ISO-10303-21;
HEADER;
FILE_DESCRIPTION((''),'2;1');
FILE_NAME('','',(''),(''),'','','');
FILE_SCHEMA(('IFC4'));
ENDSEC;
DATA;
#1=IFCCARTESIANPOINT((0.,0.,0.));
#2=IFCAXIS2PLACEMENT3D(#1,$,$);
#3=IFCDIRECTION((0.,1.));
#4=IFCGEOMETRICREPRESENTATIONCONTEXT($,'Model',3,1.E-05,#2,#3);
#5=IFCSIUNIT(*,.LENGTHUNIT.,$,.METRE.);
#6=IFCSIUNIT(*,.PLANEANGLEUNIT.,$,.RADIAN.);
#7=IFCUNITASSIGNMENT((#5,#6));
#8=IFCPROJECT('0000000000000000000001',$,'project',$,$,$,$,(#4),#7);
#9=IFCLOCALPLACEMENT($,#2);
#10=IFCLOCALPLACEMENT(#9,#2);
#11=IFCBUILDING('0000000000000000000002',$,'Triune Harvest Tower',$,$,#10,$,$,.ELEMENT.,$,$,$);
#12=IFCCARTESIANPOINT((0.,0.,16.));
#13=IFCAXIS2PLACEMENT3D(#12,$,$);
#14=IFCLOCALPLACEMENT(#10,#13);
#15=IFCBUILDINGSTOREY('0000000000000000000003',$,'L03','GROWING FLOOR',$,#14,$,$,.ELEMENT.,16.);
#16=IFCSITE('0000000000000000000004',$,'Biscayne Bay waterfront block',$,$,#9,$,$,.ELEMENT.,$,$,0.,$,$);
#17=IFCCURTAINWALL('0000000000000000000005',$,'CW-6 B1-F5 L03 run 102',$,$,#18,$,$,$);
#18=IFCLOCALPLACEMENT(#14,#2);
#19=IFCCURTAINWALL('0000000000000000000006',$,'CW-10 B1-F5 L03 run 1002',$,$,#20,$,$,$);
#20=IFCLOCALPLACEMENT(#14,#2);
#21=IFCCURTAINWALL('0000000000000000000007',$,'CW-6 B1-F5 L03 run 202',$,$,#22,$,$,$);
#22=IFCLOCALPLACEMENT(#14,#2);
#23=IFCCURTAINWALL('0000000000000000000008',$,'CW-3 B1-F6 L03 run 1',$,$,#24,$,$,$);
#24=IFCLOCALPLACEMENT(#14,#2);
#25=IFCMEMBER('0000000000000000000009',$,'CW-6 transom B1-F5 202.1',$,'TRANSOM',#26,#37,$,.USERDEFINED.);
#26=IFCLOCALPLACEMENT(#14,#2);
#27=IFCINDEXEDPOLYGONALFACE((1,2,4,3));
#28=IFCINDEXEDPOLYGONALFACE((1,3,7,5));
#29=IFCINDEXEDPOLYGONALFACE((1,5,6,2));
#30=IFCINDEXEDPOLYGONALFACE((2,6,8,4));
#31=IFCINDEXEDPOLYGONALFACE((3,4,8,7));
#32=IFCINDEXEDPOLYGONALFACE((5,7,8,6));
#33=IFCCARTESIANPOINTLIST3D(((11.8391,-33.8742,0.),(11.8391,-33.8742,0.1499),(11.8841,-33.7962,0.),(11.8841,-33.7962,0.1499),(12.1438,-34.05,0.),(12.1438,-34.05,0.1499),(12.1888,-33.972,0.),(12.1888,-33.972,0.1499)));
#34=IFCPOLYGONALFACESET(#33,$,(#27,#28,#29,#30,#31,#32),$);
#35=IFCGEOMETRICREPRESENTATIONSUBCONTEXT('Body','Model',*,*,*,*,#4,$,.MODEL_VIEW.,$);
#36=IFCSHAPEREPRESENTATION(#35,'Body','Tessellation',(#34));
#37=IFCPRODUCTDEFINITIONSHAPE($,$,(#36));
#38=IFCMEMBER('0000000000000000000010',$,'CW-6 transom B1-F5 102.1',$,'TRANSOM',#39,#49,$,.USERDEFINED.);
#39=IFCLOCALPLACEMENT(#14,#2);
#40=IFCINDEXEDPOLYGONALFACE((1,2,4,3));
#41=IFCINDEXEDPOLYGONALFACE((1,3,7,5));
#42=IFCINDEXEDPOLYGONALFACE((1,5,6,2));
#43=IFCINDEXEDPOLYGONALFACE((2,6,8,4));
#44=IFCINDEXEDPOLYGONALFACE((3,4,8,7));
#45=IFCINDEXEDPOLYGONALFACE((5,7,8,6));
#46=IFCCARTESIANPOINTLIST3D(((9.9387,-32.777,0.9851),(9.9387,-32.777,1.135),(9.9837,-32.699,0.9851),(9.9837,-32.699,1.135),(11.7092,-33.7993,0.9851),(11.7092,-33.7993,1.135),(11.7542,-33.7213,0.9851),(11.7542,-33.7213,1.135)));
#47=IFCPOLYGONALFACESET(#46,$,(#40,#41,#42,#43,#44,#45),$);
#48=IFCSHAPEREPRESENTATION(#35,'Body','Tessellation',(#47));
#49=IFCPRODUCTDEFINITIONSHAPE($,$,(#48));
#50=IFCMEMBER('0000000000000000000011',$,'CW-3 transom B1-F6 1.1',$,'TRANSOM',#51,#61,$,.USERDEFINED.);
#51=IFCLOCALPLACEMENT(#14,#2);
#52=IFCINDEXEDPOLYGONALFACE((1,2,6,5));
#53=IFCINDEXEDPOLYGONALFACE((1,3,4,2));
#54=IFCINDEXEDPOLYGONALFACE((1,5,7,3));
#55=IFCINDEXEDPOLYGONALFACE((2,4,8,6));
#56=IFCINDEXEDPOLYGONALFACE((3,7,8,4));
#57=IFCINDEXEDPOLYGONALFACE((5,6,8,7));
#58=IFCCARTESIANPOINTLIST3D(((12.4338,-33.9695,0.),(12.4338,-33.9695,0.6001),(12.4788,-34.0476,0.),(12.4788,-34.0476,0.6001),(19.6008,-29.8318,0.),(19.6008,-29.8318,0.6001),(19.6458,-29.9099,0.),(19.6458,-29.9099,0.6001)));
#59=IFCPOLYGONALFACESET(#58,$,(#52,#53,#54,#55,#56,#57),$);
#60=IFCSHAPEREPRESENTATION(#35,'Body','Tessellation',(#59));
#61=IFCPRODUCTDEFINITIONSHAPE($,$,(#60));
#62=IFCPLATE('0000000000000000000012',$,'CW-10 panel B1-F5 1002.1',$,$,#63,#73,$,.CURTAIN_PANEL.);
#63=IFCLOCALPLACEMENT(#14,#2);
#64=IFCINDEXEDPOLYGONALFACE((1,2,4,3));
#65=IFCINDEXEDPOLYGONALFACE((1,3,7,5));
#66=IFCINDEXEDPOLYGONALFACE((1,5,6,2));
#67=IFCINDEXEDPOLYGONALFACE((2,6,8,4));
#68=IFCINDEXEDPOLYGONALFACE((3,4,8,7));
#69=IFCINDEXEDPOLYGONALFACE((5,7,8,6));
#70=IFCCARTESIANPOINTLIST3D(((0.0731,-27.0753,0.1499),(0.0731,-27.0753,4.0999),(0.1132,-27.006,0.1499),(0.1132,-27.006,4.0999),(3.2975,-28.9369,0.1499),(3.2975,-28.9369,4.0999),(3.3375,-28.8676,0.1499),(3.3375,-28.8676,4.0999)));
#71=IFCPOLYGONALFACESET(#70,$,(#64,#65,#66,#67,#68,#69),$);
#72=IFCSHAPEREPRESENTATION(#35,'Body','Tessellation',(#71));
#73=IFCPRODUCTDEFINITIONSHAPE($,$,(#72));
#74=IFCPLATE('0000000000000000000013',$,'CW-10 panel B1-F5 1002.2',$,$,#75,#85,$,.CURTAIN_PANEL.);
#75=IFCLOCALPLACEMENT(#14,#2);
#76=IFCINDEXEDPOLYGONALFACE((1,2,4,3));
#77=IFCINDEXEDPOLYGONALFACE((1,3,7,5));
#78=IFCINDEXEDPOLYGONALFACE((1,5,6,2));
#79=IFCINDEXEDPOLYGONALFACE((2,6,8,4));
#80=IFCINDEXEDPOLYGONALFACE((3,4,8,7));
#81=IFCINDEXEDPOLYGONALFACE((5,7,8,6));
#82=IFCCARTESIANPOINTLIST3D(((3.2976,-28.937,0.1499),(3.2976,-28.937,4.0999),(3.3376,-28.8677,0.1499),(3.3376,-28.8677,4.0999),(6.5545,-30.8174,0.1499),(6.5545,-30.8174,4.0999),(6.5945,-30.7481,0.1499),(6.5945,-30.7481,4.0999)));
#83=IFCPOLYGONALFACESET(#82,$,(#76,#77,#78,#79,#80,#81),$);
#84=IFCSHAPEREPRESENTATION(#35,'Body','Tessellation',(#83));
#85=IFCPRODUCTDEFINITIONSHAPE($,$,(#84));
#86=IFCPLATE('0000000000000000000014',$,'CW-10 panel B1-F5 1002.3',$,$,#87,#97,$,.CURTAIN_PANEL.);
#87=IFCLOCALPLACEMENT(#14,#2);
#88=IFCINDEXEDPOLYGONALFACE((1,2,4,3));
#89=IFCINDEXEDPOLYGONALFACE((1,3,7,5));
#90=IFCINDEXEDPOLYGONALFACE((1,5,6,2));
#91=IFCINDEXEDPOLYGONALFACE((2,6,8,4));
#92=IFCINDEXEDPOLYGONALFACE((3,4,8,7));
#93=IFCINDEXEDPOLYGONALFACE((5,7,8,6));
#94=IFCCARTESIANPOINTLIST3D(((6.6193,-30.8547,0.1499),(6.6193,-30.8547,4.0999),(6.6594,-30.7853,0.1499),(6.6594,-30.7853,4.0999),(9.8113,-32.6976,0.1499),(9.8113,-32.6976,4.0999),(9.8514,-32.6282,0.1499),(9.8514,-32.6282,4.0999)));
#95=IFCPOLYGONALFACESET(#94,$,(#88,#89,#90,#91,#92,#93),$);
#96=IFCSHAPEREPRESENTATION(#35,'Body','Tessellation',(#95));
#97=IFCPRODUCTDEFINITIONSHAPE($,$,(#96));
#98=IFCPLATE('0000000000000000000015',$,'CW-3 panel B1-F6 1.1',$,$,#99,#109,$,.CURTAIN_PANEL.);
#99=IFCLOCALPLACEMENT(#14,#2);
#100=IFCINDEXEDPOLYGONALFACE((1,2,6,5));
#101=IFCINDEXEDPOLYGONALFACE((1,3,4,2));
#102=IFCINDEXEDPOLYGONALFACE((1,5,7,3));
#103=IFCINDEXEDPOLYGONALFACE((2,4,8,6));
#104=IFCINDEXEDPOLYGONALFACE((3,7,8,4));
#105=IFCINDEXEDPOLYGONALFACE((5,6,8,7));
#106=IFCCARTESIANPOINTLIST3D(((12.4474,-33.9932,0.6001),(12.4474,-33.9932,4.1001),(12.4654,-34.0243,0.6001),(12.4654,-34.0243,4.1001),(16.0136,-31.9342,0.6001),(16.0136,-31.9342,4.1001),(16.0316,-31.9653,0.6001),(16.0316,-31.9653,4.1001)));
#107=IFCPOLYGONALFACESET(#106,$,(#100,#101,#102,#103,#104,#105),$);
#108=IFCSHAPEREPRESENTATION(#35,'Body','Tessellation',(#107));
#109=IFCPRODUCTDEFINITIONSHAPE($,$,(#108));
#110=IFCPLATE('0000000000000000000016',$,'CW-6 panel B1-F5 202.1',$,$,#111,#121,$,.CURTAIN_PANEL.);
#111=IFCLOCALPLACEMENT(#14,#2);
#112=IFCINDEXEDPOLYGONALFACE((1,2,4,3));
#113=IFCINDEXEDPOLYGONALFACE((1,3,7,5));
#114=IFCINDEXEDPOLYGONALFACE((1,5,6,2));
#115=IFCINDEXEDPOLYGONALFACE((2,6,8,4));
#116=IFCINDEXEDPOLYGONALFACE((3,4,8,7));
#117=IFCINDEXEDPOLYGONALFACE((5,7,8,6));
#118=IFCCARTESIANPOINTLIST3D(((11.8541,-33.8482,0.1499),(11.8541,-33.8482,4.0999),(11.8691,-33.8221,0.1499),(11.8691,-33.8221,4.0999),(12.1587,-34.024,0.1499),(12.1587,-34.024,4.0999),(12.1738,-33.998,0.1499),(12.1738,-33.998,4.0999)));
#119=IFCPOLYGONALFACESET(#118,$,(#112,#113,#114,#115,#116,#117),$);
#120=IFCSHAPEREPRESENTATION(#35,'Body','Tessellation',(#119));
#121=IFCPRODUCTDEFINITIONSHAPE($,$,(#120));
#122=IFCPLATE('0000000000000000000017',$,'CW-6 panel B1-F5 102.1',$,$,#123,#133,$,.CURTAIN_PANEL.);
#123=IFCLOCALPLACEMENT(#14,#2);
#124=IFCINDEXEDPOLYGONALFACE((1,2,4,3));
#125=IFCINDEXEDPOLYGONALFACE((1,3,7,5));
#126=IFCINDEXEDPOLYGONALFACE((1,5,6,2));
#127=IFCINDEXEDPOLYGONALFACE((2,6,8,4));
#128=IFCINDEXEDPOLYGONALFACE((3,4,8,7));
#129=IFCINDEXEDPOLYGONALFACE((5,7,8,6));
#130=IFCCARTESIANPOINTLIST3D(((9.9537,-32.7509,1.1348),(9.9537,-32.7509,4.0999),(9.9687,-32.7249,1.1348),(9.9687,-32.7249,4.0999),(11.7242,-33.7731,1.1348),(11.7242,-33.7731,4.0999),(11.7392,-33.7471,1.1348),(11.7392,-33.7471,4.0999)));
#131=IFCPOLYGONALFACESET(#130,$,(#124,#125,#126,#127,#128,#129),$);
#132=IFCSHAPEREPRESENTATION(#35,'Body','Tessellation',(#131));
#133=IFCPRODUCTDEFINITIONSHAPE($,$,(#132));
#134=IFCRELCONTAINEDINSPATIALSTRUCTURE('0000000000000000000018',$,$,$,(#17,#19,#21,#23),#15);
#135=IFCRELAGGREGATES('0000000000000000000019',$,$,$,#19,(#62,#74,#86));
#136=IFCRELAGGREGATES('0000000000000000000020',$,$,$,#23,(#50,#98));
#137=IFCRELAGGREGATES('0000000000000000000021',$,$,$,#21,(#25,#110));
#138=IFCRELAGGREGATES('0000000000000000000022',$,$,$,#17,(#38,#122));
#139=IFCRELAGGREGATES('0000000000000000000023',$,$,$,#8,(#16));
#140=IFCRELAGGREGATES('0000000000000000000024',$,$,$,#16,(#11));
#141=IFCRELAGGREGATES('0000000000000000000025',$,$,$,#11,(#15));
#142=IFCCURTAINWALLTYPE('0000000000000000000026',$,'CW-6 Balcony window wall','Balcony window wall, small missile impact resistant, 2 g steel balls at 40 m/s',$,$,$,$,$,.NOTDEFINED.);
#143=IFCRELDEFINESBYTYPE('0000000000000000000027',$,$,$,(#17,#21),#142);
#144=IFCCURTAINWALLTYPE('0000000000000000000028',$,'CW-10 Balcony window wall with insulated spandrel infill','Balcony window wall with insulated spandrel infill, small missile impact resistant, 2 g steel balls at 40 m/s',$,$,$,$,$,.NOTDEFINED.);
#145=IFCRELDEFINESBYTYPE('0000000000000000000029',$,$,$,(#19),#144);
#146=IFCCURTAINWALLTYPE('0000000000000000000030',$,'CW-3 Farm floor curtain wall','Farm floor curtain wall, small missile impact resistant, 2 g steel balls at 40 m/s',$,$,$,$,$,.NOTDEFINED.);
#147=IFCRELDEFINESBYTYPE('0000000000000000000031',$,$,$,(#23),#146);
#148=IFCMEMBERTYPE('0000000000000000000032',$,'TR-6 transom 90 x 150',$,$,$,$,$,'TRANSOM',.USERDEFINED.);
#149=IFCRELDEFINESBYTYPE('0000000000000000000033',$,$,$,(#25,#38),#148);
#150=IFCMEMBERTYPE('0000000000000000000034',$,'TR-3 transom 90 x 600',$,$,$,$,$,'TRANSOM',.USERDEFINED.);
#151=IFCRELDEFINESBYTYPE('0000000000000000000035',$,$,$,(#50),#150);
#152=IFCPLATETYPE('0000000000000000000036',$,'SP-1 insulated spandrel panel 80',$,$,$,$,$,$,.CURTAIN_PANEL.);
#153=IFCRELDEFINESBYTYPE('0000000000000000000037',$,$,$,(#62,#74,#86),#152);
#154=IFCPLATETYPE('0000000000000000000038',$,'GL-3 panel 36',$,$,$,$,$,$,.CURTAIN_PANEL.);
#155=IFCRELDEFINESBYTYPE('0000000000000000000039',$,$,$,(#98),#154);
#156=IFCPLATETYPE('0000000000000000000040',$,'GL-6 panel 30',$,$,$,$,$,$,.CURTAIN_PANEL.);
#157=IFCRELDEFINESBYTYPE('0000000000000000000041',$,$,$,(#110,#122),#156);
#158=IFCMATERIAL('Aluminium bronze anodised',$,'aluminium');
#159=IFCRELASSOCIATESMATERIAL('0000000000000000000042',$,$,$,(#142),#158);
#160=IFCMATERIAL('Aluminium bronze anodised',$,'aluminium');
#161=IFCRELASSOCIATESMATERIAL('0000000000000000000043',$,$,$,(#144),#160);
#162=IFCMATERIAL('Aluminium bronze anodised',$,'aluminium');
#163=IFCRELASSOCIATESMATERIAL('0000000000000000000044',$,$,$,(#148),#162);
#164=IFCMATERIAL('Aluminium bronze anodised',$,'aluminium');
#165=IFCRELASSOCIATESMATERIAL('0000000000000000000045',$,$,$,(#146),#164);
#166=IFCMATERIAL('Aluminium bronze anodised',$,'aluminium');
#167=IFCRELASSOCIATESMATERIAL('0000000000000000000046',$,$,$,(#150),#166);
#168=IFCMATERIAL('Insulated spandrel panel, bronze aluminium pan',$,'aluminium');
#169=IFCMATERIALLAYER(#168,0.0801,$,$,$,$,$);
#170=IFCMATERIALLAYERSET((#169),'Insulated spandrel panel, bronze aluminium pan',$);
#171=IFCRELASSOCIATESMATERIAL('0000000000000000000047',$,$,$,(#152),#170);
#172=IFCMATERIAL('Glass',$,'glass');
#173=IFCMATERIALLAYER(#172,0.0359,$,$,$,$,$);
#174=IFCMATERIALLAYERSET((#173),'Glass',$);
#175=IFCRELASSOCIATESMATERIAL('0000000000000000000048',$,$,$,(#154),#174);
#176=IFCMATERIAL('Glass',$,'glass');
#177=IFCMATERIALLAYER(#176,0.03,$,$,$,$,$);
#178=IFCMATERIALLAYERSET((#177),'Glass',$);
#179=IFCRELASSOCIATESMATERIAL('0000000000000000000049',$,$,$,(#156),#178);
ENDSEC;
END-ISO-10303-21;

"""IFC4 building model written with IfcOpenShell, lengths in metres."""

from ifc_helpers import new_model, si_unit, direction, frame, origin, origin_2d, place, context, subcontext, project, spatial, rectangle, extrude, source, transform, mapped, material, layer, layer_set, material_profile, profile_set, type_object, element, aggregate, save


model = new_model("IFC4")

# Units and contexts
model_context = context("Model", 3, precision=1e-05, world=origin(), true_north=direction((0.0, 1.0)))
body_context = subcontext(model_context, "Body", "Model", "MODEL_VIEW")
ifc_project = project(units=[si_unit("LENGTHUNIT", "METRE"), si_unit("PLANEANGLEUNIT", "RADIAN")], contexts=[model_context])

# Site, building, storey
site_placement = place(None, origin())
site = spatial("IfcSite", under=ifc_project, at=site_placement, Name="Biscayne Bay waterfront block", CompositionType="ELEMENT", RefElevation=0.0)
building_placement = place(site_placement, origin())
building = spatial("IfcBuilding", under=site, at=building_placement, Name="Triune Harvest Tower", CompositionType="ELEMENT")
storey_placement = place(building_placement, frame((0.0, 0.0, 16.0)))
storey = spatial("IfcBuildingStorey", under=building, at=storey_placement, Name="L03", Description="GROWING FLOOR", CompositionType="ELEMENT", Elevation=16.0)

# Curtain walls
ifc_material_1 = material(Name="Aluminium bronze anodised", Category="aluminium")
curtain_wall_type_1 = type_object("IfcCurtainWallType", Name="CW-6 Balcony window wall", Description="Balcony window wall, small missile impact resistant, 2 g steel balls at 40 m/s", PredefinedType="NOTDEFINED", material=ifc_material_1)
curtain_wall_1_placement = place(storey_placement, origin())
curtain_wall_1 = element("IfcCurtainWall", 1, at=curtain_wall_1_placement, inside=storey, type_object=curtain_wall_type_1, Name="CW-6 B1-F5 L03 run 102")
ifc_material_2 = material(Name="Aluminium bronze anodised", Category="aluminium")
curtain_wall_type_2 = type_object("IfcCurtainWallType", Name="CW-10 Balcony window wall with insulated spandrel infill", Description="Balcony window wall with insulated spandrel infill, small missile impact resistant, 2 g steel balls at 40 m/s", PredefinedType="NOTDEFINED", material=ifc_material_2)
curtain_wall_2_placement = place(storey_placement, origin())
curtain_wall_2 = element("IfcCurtainWall", 2, at=curtain_wall_2_placement, inside=storey, type_object=curtain_wall_type_2, Name="CW-10 B1-F5 L03 run 1002")
curtain_wall_3_placement = place(storey_placement, origin())
curtain_wall_3 = element("IfcCurtainWall", 3, at=curtain_wall_3_placement, inside=storey, type_object=curtain_wall_type_1, Name="CW-6 B1-F5 L03 run 202")

# Shared definitions
ifc_material_3 = material(Name="Aluminium bronze anodised", Category="aluminium")
ifc_material_profile_1 = material_profile(ifc_material_3, rectangle(XDim=0.0901, YDim=0.1499, at=origin_2d()), Name="TR-6 transom 90 x 150")
ifc_profile_set_1 = profile_set([ifc_material_profile_1], Name="Aluminium bronze anodised")
member_type_1 = type_object("IfcMemberType", Name="TR-6 transom 90 x 150", ElementType="TRANSOM", PredefinedType="USERDEFINED", material=ifc_profile_set_1)

# Curtain wall
ifc_material_4 = material(Name="Aluminium bronze anodised", Category="aluminium")
curtain_wall_type_3 = type_object("IfcCurtainWallType", Name="CW-3 Farm floor curtain wall", Description="Farm floor curtain wall, small missile impact resistant, 2 g steel balls at 40 m/s", PredefinedType="NOTDEFINED", material=ifc_material_4)
curtain_wall_4_placement = place(storey_placement, origin())
curtain_wall_4 = element("IfcCurtainWall", 4, at=curtain_wall_4_placement, inside=storey, type_object=curtain_wall_type_3, Name="CW-3 B1-F6 L03 run 1")

# Members
shared_shape_1 = source(origin(), body_context, "Body", "SweptSolid", [
    extrude(rectangle(XDim=0.0901, YDim=0.1499, at=origin_2d()), origin(), (0.0, 0.0, 1.0), 0.3518),
])
member_1_placement = place(storey_placement, frame((11.8616, -33.8352, 0.075), z_axis=(0.866186, -0.499722, 0.0), x_axis=(0.499722, 0.866186, 0.0)))
member_1 = element("IfcMember", 5, at=member_1_placement, type_object=member_type_1, Name="CW-6 transom B1-F5 202.1", ObjectType="TRANSOM", PredefinedType="USERDEFINED", context=body_context, shape_type="MappedRepresentation", body=[
    mapped(shared_shape_1, transform((0.0, 0.0, 0.0), scale=1.0)),
])
shared_shape_2 = source(origin(), body_context, "Body", "SweptSolid", [
    extrude(rectangle(XDim=0.0901, YDim=0.1499, at=origin_2d()), origin(), (0.0, 0.0, 1.0), 2.0444),
])
member_2_placement = place(storey_placement, frame((9.9612, -32.738, 1.0601), z_axis=(0.866023, -0.500005, 0.0), x_axis=(0.500005, 0.866023, 0.0)))
member_2 = element("IfcMember", 6, at=member_2_placement, type_object=member_type_1, Name="CW-6 transom B1-F5 102.1", ObjectType="TRANSOM", PredefinedType="USERDEFINED", context=body_context, shape_type="MappedRepresentation", body=[
    mapped(shared_shape_2, transform((0.0, 0.0, 0.0), scale=1.0)),
])
ifc_material_5 = material(Name="Aluminium bronze anodised", Category="aluminium")
ifc_material_profile_2 = material_profile(ifc_material_5, rectangle(XDim=0.0901, YDim=0.6001, at=origin_2d()), Name="TR-3 transom 90 x 600")
ifc_profile_set_2 = profile_set([ifc_material_profile_2], Name="Aluminium bronze anodised")
member_type_2 = type_object("IfcMemberType", Name="TR-3 transom 90 x 600", ElementType="TRANSOM", PredefinedType="USERDEFINED", material=ifc_profile_set_2)
shared_shape_3 = source(origin(), body_context, "Body", "SweptSolid", [
    extrude(rectangle(XDim=0.0901, YDim=0.6001, at=origin_2d()), origin(), (0.0, 0.0, 1.0), 8.2756),
])
member_3_placement = place(storey_placement, frame((12.4563, -34.0085, 0.3), z_axis=(0.866034, 0.499985, 0.0), x_axis=(-0.499985, 0.866034, 0.0)))
member_3 = element("IfcMember", 7, at=member_3_placement, type_object=member_type_2, Name="CW-3 transom B1-F6 1.1", ObjectType="TRANSOM", PredefinedType="USERDEFINED", context=body_context, shape_type="MappedRepresentation", body=[
    mapped(shared_shape_3, transform((0.0, 0.0, 0.0), scale=1.0)),
])

# Plates
ifc_material_6 = material(Name="Insulated spandrel panel, bronze aluminium pan", Category="aluminium")
ifc_layer_1 = layer(ifc_material_6, 0.0801)
ifc_layer_set_1 = layer_set([ifc_layer_1], Name="Insulated spandrel panel, bronze aluminium pan")
plate_type_1 = type_object("IfcPlateType", Name="SP-1 insulated spandrel panel 80", PredefinedType="CURTAIN_PANEL", material=ifc_layer_set_1)
shared_shape_4 = source(origin(), body_context, "Body", "SweptSolid", [
    extrude(rectangle(XDim=3.7231, YDim=0.0801, at=origin_2d()), origin(), (0.0, 0.0, 1.0), 3.95),
])
plate_1_placement = place(storey_placement, frame((1.7053, -27.9714, 0.1499), z_axis=(0.0, 0.0, 1.0), x_axis=(0.866021, -0.500007, 0.0)))
plate_1 = element("IfcPlate", 8, at=plate_1_placement, type_object=plate_type_1, Name="CW-10 panel B1-F5 1002.1", PredefinedType="CURTAIN_PANEL", context=body_context, shape_type="MappedRepresentation", body=[
    mapped(shared_shape_4, transform((0.0, 0.0, 0.0), scale=1.0)),
])
shared_shape_5 = source(origin(), body_context, "Body", "SweptSolid", [
    extrude(rectangle(XDim=3.7607, YDim=0.0801, at=origin_2d()), origin(), (0.0, 0.0, 1.0), 3.95),
])
plate_2_placement = place(storey_placement, frame((4.946, -29.8425, 0.1499), z_axis=(0.0, 0.0, 1.0), x_axis=(0.866021, -0.500007, 0.0)))
plate_2 = element("IfcPlate", 9, at=plate_2_placement, type_object=plate_type_1, Name="CW-10 panel B1-F5 1002.2", PredefinedType="CURTAIN_PANEL", context=body_context, shape_type="MappedRepresentation", body=[
    mapped(shared_shape_5, transform((0.0, 0.0, 0.0), scale=1.0)),
])
shared_shape_6 = source(origin(), body_context, "Body", "SweptSolid", [
    extrude(rectangle(XDim=3.6858, YDim=0.0801, at=origin_2d()), origin(), (0.0, 0.0, 1.0), 3.95),
])
plate_3_placement = place(storey_placement, frame((8.2354, -31.7415, 0.1499), z_axis=(0.0, 0.0, 1.0), x_axis=(0.866021, -0.500007, 0.0)))
plate_3 = element("IfcPlate", 10, at=plate_3_placement, type_object=plate_type_1, Name="CW-10 panel B1-F5 1002.3", PredefinedType="CURTAIN_PANEL", context=body_context, shape_type="MappedRepresentation", body=[
    mapped(shared_shape_6, transform((0.0, 0.0, 0.0), scale=1.0)),
])
aggregate(curtain_wall_2, [plate_1, plate_2, plate_3])
ifc_material_7 = material(Name="Glass", Category="glass")
ifc_layer_2 = layer(ifc_material_7, 0.0359)
ifc_layer_set_2 = layer_set([ifc_layer_2], Name="Glass")
plate_type_2 = type_object("IfcPlateType", Name="GL-3 panel 36", PredefinedType="CURTAIN_PANEL", material=ifc_layer_set_2)
shared_shape_7 = source(origin(), body_context, "Body", "SweptSolid", [
    extrude(rectangle(XDim=4.1179, YDim=0.0359, at=origin_2d()), origin(), (0.0, 0.0, 1.0), 3.5),
])
plate_4_placement = place(storey_placement, frame((14.2395, -32.9792, 0.6001), z_axis=(0.0, 0.0, 1.0), x_axis=(0.866026, 0.499999, 0.0)))
plate_4 = element("IfcPlate", 11, at=plate_4_placement, type_object=plate_type_2, Name="CW-3 panel B1-F6 1.1", PredefinedType="CURTAIN_PANEL", context=body_context, shape_type="MappedRepresentation", body=[
    mapped(shared_shape_7, transform((0.0, 0.0, 0.0), scale=1.0)),
])
aggregate(curtain_wall_4, [member_3, plate_4])
ifc_material_8 = material(Name="Glass", Category="glass")
ifc_layer_3 = layer(ifc_material_8, 0.03)
ifc_layer_set_3 = layer_set([ifc_layer_3], Name="Glass")
plate_type_3 = type_object("IfcPlateType", Name="GL-6 panel 30", PredefinedType="CURTAIN_PANEL", material=ifc_layer_set_3)
shared_shape_8 = source(origin(), body_context, "Body", "SweptSolid", [
    extrude(rectangle(XDim=0.3518, YDim=0.03, at=origin_2d()), origin(), (0.0, 0.0, 1.0), 3.95),
])
plate_5_placement = place(storey_placement, frame((12.0139, -33.9231, 0.1499), z_axis=(0.0, 0.0, 1.0), x_axis=(0.86604, -0.499975, 0.0)))
plate_5 = element("IfcPlate", 12, at=plate_5_placement, type_object=plate_type_3, Name="CW-6 panel B1-F5 202.1", PredefinedType="CURTAIN_PANEL", context=body_context, shape_type="MappedRepresentation", body=[
    mapped(shared_shape_8, transform((0.0, 0.0, 0.0), scale=1.0)),
])
aggregate(curtain_wall_3, [member_1, plate_5])
shared_shape_9 = source(origin(), body_context, "Body", "SweptSolid", [
    extrude(rectangle(XDim=2.0444, YDim=0.03, at=origin_2d()), origin(), (0.0, 0.0, 1.0), 2.9651),
])
plate_6_placement = place(storey_placement, frame((10.8464, -33.249, 1.1348), z_axis=(0.0, 0.0, 1.0), x_axis=(0.866025, -0.500001, 0.0)))
plate_6 = element("IfcPlate", 13, at=plate_6_placement, type_object=plate_type_3, Name="CW-6 panel B1-F5 102.1", PredefinedType="CURTAIN_PANEL", context=body_context, shape_type="MappedRepresentation", body=[
    mapped(shared_shape_9, transform((0.0, 0.0, 0.0), scale=1.0)),
])
aggregate(curtain_wall_1, [member_2, plate_6])

save(model, "model.ifc")
